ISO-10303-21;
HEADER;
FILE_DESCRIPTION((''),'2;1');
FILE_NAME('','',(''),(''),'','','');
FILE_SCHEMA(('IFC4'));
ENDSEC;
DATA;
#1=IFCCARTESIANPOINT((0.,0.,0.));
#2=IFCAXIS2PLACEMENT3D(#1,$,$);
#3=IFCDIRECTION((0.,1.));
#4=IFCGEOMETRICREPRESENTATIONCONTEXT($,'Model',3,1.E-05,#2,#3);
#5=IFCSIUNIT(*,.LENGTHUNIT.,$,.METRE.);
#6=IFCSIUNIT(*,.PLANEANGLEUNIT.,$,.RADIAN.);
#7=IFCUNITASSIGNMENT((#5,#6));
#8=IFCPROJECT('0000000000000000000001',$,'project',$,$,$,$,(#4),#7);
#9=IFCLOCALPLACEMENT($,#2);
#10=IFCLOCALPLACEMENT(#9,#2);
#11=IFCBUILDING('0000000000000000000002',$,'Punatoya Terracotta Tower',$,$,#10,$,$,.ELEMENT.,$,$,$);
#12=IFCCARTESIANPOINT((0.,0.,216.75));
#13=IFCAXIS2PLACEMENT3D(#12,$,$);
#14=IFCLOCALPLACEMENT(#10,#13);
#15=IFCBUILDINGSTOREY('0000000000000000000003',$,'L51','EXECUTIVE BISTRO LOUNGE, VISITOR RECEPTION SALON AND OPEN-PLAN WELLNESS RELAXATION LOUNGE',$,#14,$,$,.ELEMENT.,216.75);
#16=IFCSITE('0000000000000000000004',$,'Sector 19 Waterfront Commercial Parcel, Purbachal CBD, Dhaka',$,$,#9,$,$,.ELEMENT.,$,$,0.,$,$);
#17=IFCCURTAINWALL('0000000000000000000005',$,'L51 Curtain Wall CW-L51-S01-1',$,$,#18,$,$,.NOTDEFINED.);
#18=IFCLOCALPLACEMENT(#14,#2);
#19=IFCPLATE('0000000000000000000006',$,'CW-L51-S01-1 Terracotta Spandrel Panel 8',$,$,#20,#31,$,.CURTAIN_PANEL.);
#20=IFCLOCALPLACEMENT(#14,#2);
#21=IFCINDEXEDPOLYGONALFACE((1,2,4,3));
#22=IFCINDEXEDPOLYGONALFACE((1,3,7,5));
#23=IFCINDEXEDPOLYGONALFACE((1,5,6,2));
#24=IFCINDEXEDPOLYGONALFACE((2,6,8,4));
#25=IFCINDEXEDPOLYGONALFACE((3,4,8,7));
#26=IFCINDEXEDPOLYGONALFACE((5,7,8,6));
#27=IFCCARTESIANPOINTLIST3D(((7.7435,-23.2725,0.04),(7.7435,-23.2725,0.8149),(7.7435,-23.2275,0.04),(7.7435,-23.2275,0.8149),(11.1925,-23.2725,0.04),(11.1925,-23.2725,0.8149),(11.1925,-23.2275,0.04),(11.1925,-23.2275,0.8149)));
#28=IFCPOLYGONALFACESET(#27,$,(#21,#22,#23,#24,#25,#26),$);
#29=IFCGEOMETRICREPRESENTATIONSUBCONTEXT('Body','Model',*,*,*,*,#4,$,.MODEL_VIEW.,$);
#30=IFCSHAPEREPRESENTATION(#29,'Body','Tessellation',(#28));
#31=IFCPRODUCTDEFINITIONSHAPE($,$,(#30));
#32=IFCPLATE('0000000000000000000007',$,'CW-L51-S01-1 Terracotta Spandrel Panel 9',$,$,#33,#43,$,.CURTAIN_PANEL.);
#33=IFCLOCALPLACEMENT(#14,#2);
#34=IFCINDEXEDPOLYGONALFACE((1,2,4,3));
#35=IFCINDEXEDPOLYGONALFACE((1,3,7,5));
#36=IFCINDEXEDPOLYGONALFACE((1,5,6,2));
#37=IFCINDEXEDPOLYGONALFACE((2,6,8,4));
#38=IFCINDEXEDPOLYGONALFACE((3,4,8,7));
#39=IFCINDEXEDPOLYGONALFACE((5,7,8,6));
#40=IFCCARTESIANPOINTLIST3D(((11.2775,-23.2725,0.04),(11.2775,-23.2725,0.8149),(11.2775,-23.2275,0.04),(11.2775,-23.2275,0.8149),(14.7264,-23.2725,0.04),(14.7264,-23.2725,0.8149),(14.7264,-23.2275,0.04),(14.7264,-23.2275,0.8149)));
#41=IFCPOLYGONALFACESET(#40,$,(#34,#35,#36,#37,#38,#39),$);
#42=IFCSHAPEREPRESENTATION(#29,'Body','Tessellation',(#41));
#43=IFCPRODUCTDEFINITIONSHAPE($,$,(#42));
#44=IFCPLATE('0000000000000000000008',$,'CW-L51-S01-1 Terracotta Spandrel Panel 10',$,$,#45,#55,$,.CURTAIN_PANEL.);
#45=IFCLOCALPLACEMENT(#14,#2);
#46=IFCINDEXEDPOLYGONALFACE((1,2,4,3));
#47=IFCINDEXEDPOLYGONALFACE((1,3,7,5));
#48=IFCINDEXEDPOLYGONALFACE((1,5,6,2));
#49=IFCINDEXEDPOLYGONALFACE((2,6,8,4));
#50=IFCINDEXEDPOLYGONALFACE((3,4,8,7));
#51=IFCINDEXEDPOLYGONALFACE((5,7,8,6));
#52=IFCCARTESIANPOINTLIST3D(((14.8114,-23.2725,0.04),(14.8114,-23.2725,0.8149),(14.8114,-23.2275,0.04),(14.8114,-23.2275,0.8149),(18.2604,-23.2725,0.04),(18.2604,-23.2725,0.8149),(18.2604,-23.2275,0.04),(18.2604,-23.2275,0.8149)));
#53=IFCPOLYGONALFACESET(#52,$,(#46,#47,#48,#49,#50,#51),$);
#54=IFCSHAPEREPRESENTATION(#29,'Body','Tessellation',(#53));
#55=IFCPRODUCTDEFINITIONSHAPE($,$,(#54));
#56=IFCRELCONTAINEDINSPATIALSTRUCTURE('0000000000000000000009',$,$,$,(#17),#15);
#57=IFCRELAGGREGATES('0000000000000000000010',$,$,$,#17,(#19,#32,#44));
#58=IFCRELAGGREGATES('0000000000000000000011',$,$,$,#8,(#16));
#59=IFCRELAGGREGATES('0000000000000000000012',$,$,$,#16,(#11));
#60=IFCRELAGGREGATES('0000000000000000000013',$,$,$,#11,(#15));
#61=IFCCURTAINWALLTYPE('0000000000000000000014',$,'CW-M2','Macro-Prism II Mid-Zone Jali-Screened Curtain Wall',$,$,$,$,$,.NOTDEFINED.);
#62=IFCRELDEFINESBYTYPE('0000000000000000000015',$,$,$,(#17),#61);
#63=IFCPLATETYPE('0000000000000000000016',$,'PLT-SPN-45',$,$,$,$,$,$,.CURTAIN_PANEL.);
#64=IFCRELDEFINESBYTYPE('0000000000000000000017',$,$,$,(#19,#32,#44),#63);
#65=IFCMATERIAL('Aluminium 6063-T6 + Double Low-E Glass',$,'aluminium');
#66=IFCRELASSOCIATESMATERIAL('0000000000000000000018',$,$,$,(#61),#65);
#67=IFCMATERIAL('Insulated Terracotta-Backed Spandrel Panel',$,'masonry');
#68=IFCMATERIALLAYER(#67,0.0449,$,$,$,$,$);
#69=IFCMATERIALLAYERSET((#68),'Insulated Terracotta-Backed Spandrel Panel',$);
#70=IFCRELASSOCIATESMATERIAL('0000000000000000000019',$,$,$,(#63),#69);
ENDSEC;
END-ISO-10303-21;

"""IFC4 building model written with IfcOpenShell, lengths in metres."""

from ifc_helpers import new_model, si_unit, direction, frame, origin, origin_2d, place, context, subcontext, project, spatial, rectangle, extrude, material, layer, layer_set, type_object, element, aggregate, save


model = new_model("IFC4")

# Units and contexts
model_context = context("Model", 3, precision=1e-05, world=origin(), true_north=direction((0.0, 1.0)))
body_context = subcontext(model_context, "Body", "Model", "MODEL_VIEW")
ifc_project = project(units=[si_unit("LENGTHUNIT", "METRE"), si_unit("PLANEANGLEUNIT", "RADIAN")], contexts=[model_context])

# Site, building, storey
site_placement = place(None, origin())
site = spatial("IfcSite", under=ifc_project, at=site_placement, Name="Sector 19 Waterfront Commercial Parcel, Purbachal CBD, Dhaka", CompositionType="ELEMENT", RefElevation=0.0)
building_placement = place(site_placement, origin())
building = spatial("IfcBuilding", under=site, at=building_placement, Name="Punatoya Terracotta Tower", CompositionType="ELEMENT")
storey_placement = place(building_placement, frame((0.0, 0.0, 216.75)))
storey = spatial("IfcBuildingStorey", under=building, at=storey_placement, Name="L51", Description="EXECUTIVE BISTRO LOUNGE, VISITOR RECEPTION SALON AND OPEN-PLAN WELLNESS RELAXATION LOUNGE", CompositionType="ELEMENT", Elevation=216.75)

# Curtain wall, plates
ifc_material_1 = material(Name="Aluminium 6063-T6 + Double Low-E Glass", Category="aluminium")
curtain_wall_type = type_object("IfcCurtainWallType", Name="CW-M2", Description="Macro-Prism II Mid-Zone Jali-Screened Curtain Wall", PredefinedType="NOTDEFINED", material=ifc_material_1)
curtain_wall_placement = place(storey_placement, origin())
curtain_wall = element("IfcCurtainWall", 1, at=curtain_wall_placement, inside=storey, type_object=curtain_wall_type, Name="L51 Curtain Wall CW-L51-S01-1", PredefinedType="NOTDEFINED")
ifc_material_2 = material(Name="Insulated Terracotta-Backed Spandrel Panel", Category="masonry")
ifc_layer_1 = layer(ifc_material_2, 0.0449)
ifc_layer_set_1 = layer_set([ifc_layer_1], Name="Insulated Terracotta-Backed Spandrel Panel")
plate_type_1 = type_object("IfcPlateType", Name="PLT-SPN-45", PredefinedType="CURTAIN_PANEL", material=ifc_layer_set_1)
plate_1_placement = place(storey_placement, frame((9.468, -23.25, 0.04), z_axis=(0.0, 0.0, 1.0), x_axis=(1.0, 0.0, 0.0)))
plate_1 = element("IfcPlate", 2, at=plate_1_placement, type_object=plate_type_1, Name="CW-L51-S01-1 Terracotta Spandrel Panel 8", PredefinedType="CURTAIN_PANEL", context=body_context, shape_type="SweptSolid", body=[
    extrude(rectangle(XDim=3.449, YDim=0.0449, at=origin_2d()), origin(), (0.0, 0.0, 1.0), 0.7749),
])
plate_2_placement = place(storey_placement, frame((13.002, -23.25, 0.04), z_axis=(0.0, 0.0, 1.0), x_axis=(1.0, 0.0, 0.0)))
plate_2 = element("IfcPlate", 3, at=plate_2_placement, type_object=plate_type_1, Name="CW-L51-S01-1 Terracotta Spandrel Panel 9", PredefinedType="CURTAIN_PANEL", context=body_context, shape_type="SweptSolid", body=[
    extrude(rectangle(XDim=3.449, YDim=0.0449, at=origin_2d()), origin(), (0.0, 0.0, 1.0), 0.7749),
])
plate_3_placement = place(storey_placement, frame((16.5359, -23.25, 0.04), z_axis=(0.0, 0.0, 1.0), x_axis=(1.0, 0.0, 0.0)))
plate_3 = element("IfcPlate", 4, at=plate_3_placement, type_object=plate_type_1, Name="CW-L51-S01-1 Terracotta Spandrel Panel 10", PredefinedType="CURTAIN_PANEL", context=body_context, shape_type="SweptSolid", body=[
    extrude(rectangle(XDim=3.449, YDim=0.0449, at=origin_2d()), origin(), (0.0, 0.0, 1.0), 0.7749),
])
aggregate(curtain_wall, [plate_1, plate_2, plate_3])

save(model, "model.ifc")
